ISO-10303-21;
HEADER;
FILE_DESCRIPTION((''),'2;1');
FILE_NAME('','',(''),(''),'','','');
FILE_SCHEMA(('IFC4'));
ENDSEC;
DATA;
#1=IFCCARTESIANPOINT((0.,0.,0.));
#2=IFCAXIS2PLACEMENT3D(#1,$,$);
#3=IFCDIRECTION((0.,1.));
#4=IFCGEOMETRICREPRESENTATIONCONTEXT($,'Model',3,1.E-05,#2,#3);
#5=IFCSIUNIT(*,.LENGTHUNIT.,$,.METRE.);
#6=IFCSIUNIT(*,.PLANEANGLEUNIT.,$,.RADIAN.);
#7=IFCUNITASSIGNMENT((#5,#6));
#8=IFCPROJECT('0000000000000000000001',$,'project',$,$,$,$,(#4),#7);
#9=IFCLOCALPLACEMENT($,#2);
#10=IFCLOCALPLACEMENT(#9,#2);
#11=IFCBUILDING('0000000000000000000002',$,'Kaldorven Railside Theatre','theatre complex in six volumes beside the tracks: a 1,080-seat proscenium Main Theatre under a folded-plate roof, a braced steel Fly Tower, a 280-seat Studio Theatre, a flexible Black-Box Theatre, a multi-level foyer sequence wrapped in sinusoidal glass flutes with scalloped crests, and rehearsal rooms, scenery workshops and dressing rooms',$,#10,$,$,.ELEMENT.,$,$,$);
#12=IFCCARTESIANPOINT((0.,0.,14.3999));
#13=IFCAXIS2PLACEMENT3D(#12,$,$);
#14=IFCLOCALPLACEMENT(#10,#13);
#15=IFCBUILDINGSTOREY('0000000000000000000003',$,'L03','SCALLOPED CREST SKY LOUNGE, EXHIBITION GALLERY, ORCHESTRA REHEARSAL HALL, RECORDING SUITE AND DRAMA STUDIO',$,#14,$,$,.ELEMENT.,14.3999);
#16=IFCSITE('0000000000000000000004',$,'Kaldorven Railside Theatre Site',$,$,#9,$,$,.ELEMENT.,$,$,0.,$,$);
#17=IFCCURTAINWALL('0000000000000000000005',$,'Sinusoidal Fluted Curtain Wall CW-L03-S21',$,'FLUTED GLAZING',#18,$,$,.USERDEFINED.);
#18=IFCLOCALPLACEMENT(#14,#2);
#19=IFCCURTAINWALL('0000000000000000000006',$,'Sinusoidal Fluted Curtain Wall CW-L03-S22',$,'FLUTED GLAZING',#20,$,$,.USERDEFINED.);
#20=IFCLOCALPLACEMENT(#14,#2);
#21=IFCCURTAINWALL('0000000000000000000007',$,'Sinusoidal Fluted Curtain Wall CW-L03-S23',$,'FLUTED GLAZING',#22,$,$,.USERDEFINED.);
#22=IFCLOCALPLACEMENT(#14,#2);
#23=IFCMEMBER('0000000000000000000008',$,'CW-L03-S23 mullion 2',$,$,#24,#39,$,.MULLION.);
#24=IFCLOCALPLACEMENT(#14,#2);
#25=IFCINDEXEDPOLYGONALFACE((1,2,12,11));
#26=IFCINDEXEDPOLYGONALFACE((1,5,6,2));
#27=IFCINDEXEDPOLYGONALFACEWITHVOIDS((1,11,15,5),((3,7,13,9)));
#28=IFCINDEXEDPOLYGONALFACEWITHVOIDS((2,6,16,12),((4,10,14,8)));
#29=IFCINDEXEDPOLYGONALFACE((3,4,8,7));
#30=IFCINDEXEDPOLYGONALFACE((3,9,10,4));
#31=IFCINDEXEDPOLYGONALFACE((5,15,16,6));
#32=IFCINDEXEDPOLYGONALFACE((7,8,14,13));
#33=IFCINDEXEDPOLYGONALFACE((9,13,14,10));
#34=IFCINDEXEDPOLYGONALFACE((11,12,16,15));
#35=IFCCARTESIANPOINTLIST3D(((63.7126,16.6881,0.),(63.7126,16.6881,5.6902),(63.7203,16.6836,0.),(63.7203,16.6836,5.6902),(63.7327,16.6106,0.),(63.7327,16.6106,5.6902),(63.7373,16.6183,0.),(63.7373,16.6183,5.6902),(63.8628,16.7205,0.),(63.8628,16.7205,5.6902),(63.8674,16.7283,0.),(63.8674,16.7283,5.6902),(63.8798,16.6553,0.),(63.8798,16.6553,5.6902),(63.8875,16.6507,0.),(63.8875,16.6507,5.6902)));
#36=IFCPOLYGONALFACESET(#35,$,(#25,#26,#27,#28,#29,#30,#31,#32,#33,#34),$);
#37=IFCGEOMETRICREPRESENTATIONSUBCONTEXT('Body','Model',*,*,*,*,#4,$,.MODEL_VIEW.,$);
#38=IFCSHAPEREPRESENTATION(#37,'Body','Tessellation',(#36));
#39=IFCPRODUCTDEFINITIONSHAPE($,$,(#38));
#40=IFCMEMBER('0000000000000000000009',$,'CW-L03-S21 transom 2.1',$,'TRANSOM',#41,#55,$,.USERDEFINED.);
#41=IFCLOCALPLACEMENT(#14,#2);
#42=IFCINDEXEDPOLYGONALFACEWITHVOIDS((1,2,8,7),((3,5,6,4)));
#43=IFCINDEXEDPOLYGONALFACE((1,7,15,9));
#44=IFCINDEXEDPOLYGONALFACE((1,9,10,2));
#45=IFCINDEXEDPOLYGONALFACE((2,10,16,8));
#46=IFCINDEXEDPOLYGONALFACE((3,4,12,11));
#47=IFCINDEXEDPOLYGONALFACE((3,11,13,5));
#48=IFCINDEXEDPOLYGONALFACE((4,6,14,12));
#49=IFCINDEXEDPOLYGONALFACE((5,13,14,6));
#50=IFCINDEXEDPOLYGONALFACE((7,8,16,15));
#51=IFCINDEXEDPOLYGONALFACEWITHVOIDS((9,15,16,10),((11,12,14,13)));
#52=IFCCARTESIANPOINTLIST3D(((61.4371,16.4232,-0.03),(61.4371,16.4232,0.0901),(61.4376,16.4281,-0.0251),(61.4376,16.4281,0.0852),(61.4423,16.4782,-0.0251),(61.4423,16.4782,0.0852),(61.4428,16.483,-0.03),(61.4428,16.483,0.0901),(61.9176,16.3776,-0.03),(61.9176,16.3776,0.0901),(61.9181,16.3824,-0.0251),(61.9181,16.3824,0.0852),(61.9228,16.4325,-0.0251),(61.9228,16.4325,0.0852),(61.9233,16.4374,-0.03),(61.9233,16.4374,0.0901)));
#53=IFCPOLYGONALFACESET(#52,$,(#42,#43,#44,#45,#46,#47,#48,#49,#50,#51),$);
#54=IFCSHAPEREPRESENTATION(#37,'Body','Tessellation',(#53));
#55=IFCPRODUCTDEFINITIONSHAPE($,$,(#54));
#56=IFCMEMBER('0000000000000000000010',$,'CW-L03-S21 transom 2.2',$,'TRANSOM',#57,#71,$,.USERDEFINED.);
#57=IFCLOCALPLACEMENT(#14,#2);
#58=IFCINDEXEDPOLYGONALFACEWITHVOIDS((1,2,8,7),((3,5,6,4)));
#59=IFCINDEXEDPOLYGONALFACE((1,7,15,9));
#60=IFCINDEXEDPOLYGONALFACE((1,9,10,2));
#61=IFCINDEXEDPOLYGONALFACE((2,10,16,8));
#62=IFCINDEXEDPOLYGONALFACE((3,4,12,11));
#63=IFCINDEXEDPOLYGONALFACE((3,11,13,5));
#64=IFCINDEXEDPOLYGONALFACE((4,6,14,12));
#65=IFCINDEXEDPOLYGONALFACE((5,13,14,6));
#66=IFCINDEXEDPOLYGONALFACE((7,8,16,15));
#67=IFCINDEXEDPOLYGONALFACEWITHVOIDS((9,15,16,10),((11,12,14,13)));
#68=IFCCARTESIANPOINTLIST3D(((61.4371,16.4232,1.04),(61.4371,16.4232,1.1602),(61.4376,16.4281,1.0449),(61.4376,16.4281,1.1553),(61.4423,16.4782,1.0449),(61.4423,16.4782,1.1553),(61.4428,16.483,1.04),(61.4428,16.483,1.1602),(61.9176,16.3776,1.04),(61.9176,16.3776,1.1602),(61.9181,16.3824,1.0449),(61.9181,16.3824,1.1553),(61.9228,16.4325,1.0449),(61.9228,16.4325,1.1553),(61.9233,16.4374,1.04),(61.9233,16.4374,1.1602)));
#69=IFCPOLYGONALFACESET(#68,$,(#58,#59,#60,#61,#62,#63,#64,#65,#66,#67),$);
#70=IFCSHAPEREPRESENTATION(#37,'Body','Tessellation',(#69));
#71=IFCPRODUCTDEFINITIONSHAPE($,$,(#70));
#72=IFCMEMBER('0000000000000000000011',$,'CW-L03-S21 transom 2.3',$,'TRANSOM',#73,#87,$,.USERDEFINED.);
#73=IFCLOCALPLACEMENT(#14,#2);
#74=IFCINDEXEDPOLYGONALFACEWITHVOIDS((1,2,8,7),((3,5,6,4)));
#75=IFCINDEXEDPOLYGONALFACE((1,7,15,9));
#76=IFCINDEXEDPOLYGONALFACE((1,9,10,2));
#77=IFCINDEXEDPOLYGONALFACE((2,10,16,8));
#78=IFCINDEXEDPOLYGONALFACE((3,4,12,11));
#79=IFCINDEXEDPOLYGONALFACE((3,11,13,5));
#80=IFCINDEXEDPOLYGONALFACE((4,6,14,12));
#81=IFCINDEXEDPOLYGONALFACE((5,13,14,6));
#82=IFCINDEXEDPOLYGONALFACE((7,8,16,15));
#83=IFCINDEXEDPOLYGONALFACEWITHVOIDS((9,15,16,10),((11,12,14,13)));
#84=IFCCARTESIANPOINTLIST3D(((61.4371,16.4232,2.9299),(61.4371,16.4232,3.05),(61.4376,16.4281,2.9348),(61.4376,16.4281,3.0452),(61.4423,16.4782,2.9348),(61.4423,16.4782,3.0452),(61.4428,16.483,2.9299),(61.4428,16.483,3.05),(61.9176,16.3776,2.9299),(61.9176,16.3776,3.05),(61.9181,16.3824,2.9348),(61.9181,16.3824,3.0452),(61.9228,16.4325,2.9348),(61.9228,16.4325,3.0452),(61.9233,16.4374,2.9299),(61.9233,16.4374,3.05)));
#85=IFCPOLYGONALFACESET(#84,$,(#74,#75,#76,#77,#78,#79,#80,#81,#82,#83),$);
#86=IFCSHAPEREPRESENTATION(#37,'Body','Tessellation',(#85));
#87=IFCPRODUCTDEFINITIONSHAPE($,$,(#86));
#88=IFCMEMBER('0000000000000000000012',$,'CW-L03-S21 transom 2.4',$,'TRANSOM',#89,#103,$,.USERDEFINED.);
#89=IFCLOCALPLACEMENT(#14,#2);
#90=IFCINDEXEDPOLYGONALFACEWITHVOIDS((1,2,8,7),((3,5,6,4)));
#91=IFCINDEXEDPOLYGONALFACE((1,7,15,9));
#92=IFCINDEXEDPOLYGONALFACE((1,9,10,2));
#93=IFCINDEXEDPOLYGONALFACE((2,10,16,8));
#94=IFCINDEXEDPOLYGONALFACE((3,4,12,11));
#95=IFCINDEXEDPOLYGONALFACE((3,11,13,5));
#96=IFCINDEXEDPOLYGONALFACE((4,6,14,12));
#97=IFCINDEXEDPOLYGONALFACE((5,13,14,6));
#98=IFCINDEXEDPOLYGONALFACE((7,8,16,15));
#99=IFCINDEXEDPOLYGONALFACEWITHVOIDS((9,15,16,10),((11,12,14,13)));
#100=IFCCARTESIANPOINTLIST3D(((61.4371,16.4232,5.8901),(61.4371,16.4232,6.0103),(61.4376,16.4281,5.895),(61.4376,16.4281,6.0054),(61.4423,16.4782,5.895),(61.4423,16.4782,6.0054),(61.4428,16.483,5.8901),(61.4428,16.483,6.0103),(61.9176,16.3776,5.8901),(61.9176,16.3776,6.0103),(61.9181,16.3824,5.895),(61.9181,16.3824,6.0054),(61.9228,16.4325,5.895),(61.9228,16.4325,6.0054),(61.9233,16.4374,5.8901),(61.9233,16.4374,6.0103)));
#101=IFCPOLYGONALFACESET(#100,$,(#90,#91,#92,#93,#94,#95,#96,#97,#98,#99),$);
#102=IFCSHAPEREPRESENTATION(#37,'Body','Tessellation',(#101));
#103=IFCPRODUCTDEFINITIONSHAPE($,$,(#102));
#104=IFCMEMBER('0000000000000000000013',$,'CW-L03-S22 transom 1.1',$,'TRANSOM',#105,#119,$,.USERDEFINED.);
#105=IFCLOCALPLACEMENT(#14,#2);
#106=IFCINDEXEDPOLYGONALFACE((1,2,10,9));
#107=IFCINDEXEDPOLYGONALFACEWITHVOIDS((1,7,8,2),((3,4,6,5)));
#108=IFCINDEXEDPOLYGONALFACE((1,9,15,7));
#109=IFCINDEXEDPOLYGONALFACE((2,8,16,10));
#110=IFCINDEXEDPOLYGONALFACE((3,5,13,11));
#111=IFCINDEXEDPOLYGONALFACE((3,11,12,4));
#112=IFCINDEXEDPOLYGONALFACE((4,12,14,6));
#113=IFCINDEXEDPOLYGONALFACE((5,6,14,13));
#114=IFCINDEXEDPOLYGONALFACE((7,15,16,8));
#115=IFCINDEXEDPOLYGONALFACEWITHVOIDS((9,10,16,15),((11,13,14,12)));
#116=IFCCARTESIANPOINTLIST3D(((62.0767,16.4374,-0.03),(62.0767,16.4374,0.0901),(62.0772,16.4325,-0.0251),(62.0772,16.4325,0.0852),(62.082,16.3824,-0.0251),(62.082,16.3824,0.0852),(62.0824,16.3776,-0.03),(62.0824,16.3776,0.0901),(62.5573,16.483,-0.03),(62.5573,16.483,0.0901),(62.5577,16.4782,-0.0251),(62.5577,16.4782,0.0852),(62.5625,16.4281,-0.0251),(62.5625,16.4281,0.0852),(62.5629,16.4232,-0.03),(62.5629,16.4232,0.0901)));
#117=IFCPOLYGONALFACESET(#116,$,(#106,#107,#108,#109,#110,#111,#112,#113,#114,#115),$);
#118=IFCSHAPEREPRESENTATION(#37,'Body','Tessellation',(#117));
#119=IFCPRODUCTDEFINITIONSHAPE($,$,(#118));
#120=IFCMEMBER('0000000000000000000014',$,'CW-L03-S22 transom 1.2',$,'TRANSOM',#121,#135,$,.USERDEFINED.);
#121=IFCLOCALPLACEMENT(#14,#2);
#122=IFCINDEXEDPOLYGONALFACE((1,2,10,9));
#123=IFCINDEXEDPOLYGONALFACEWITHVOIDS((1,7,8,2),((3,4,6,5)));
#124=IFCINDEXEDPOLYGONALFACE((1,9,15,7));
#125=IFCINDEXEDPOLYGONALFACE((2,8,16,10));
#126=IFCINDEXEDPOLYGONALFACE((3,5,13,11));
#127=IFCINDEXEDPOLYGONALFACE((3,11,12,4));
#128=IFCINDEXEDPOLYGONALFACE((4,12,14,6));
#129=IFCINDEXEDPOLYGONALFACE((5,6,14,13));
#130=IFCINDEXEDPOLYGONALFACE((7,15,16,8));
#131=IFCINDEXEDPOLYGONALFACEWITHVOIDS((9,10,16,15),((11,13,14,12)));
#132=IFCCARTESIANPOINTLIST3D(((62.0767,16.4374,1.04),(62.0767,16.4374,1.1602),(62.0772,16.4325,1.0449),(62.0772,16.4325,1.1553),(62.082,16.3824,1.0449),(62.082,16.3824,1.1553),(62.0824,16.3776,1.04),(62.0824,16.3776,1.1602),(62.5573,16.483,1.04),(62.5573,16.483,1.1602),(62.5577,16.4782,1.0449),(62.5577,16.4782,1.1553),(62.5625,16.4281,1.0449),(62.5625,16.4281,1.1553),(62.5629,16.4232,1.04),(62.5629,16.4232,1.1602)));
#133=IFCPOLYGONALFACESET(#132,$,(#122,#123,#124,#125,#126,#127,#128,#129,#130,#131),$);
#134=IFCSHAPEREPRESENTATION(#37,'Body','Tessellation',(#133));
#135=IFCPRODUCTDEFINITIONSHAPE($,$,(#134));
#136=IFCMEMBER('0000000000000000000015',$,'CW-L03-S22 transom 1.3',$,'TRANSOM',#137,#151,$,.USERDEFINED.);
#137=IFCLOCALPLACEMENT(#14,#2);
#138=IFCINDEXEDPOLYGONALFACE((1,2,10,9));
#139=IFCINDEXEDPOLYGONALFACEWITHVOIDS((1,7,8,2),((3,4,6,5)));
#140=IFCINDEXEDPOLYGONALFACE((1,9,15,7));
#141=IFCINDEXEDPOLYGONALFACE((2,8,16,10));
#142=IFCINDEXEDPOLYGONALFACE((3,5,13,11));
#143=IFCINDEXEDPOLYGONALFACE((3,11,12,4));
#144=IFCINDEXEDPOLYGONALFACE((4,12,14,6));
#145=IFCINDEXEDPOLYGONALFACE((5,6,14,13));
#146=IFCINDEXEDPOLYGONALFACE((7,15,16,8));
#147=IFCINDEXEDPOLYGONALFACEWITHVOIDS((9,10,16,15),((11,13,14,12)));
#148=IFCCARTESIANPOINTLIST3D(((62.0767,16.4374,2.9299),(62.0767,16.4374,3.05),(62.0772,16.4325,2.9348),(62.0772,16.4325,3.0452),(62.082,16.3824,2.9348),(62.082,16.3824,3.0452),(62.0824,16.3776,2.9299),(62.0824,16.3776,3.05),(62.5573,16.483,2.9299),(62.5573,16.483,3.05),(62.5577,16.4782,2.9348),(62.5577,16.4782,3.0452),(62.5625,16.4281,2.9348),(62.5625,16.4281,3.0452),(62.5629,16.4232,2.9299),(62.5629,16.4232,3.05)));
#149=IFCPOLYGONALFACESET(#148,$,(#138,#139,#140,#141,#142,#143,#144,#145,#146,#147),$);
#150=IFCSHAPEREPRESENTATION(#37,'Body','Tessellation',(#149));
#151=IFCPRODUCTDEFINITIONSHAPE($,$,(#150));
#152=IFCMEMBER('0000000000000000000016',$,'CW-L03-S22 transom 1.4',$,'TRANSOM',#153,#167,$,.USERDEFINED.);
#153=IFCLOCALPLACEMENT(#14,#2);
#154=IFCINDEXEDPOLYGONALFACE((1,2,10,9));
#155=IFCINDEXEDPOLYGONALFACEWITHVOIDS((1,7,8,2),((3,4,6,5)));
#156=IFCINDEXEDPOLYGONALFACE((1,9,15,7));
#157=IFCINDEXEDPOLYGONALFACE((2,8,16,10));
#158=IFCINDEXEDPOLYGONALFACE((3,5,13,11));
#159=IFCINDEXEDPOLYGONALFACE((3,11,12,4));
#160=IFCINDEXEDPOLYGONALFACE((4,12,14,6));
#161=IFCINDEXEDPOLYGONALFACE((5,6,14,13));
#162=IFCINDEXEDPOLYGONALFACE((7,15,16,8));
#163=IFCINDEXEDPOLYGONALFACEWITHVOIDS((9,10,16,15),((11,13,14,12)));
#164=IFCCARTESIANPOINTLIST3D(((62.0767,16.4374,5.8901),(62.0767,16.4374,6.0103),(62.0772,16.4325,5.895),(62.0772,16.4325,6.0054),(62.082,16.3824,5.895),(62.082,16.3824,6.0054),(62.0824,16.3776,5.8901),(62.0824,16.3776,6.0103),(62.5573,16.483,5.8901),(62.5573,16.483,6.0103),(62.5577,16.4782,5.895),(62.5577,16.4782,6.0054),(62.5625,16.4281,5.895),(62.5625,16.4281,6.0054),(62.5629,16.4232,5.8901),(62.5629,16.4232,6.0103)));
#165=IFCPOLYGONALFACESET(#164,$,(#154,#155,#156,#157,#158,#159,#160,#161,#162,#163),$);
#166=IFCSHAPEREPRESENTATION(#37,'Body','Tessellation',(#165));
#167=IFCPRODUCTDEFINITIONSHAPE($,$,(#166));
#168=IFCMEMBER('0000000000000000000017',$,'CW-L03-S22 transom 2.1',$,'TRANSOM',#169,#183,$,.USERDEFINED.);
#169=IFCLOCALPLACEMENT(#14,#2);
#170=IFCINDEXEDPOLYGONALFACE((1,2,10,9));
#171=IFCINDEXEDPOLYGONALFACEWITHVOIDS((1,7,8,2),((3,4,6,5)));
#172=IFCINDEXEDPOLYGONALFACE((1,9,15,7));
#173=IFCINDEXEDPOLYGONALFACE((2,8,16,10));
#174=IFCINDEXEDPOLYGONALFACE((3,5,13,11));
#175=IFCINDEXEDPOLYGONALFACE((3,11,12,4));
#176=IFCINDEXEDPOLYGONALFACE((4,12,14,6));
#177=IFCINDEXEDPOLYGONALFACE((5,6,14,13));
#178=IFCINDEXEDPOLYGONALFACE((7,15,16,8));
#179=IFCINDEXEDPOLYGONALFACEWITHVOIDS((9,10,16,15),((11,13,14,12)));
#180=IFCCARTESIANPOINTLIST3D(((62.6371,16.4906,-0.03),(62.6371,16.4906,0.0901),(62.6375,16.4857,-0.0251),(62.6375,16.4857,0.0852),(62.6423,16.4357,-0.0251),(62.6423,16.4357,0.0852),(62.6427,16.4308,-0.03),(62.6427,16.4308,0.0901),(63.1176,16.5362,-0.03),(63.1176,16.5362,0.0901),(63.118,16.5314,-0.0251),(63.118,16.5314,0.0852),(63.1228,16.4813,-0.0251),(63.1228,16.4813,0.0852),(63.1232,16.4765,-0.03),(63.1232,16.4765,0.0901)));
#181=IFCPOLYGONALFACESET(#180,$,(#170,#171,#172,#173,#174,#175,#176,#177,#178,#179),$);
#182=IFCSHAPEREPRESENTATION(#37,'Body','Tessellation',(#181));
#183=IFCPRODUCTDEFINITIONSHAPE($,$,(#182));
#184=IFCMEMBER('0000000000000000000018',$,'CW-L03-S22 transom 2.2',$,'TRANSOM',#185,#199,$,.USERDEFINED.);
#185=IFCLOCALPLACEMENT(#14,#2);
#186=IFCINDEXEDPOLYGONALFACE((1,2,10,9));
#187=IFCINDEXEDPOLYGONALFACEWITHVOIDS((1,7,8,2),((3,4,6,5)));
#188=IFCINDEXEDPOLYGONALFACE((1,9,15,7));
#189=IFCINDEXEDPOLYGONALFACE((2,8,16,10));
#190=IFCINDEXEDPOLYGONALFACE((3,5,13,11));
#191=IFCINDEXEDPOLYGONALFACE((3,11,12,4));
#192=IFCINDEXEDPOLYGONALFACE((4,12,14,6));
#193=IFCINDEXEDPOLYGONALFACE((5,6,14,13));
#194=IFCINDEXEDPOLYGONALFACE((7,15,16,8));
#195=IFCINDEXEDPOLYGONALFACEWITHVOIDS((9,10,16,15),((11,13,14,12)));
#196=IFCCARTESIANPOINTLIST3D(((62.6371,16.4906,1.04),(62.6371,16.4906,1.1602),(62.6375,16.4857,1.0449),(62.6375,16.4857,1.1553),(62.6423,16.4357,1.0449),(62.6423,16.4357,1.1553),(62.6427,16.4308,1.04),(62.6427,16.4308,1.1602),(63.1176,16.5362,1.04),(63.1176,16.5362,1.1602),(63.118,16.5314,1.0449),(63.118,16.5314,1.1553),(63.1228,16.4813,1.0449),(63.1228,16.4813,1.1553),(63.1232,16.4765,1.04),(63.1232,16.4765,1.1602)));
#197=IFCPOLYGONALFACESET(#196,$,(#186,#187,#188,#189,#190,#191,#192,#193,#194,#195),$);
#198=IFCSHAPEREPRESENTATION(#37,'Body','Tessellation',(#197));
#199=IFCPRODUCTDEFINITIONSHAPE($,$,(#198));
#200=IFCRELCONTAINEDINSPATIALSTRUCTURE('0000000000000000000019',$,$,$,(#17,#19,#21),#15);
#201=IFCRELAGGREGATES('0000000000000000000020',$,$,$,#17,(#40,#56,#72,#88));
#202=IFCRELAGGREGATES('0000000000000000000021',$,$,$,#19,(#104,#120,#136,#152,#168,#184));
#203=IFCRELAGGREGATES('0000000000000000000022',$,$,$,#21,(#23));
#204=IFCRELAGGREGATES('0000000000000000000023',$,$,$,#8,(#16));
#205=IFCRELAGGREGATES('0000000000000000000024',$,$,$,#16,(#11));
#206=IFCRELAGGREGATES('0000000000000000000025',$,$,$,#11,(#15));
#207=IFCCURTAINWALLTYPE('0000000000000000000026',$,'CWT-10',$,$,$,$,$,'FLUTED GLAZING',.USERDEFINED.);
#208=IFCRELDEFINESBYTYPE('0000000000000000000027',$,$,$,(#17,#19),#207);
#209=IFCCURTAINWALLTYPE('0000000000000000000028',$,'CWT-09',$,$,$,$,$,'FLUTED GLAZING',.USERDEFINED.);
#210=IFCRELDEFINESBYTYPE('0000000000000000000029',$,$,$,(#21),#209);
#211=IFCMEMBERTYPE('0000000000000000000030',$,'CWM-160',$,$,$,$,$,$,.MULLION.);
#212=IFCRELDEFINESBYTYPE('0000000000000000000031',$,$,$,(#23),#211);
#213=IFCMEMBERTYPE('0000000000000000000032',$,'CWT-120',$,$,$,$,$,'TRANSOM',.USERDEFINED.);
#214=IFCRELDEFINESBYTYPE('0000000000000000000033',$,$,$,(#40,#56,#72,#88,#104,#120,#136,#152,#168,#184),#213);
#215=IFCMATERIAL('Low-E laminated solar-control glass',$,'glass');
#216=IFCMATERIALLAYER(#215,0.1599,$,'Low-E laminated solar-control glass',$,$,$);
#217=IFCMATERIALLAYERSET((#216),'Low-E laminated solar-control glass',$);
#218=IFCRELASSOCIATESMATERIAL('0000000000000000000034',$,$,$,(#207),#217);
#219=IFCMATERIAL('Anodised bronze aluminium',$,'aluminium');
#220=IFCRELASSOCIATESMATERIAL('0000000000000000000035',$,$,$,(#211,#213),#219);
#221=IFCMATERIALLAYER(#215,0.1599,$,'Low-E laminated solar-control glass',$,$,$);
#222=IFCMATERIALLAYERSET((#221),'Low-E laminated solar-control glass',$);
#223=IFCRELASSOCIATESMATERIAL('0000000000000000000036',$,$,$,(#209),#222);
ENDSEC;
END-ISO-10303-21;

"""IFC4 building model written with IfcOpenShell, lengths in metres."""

from ifc_helpers import new_model, si_unit, direction, frame, origin, origin_2d, place, context, subcontext, project, spatial, hollow_rectangle, extrude, material, layer, layer_set, material_profile, profile_set, type_object, element, aggregate, save


model = new_model("IFC4")

# Units and contexts
model_context = context("Model", 3, precision=1e-05, world=origin(), true_north=direction((0.0, 1.0)))
body_context = subcontext(model_context, "Body", "Model", "MODEL_VIEW")
ifc_project = project(units=[si_unit("LENGTHUNIT", "METRE"), si_unit("PLANEANGLEUNIT", "RADIAN")], contexts=[model_context])

# Site, building, storey
site_placement = place(None, origin())
site = spatial("IfcSite", under=ifc_project, at=site_placement, Name="Kaldorven Railside Theatre Site", CompositionType="ELEMENT", RefElevation=0.0)
building_placement = place(site_placement, origin())
building = spatial("IfcBuilding", under=site, at=building_placement, Name="Kaldorven Railside Theatre", Description="theatre complex in six volumes beside the tracks: a 1,080-seat proscenium Main Theatre under a folded-plate roof, a braced steel Fly Tower, a 280-seat Studio Theatre, a flexible Black-Box Theatre, a multi-level foyer sequence wrapped in sinusoidal glass flutes with scalloped crests, and rehearsal rooms, scenery workshops and dressing rooms", CompositionType="ELEMENT")
storey_placement = place(building_placement, frame((0.0, 0.0, 14.3999)))
storey = spatial("IfcBuildingStorey", under=building, at=storey_placement, Name="L03", Description="SCALLOPED CREST SKY LOUNGE, EXHIBITION GALLERY, ORCHESTRA REHEARSAL HALL, RECORDING SUITE AND DRAMA STUDIO", CompositionType="ELEMENT", Elevation=14.3999)

# Curtain walls, member
ifc_material_1 = material(Name="Low-E laminated solar-control glass", Category="glass")
ifc_layer_1 = layer(ifc_material_1, 0.1599, Name="Low-E laminated solar-control glass")
ifc_layer_set_1 = layer_set([ifc_layer_1], Name="Low-E laminated solar-control glass")
curtain_wall_type_1 = type_object("IfcCurtainWallType", Name="CWT-10", ElementType="FLUTED GLAZING", PredefinedType="USERDEFINED", material=ifc_layer_set_1)
curtain_wall_1_placement = place(storey_placement, origin())
curtain_wall_1 = element("IfcCurtainWall", 1, at=curtain_wall_1_placement, inside=storey, type_object=curtain_wall_type_1, Name="Sinusoidal Fluted Curtain Wall CW-L03-S21", ObjectType="FLUTED GLAZING", PredefinedType="USERDEFINED")
ifc_material_2 = material(Name="Anodised bronze aluminium", Category="aluminium")
ifc_material_profile_1 = material_profile(ifc_material_2, hollow_rectangle(XDim=0.0801, YDim=0.1599, WallThickness=0.0063, at=origin_2d()), Name="RHS 160x80x6.3")
ifc_profile_set_1 = profile_set([ifc_material_profile_1], Name="Anodised bronze aluminium")
member_type_1 = type_object("IfcMemberType", Name="CWM-160", PredefinedType="MULLION", material=ifc_profile_set_1)
curtain_wall_2_placement = place(storey_placement, origin())
curtain_wall_2 = element("IfcCurtainWall", 2, at=curtain_wall_2_placement, inside=storey, type_object=curtain_wall_type_1, Name="Sinusoidal Fluted Curtain Wall CW-L03-S22", ObjectType="FLUTED GLAZING", PredefinedType="USERDEFINED")
ifc_layer_2 = layer(ifc_material_1, 0.1599, Name="Low-E laminated solar-control glass")
ifc_layer_set_2 = layer_set([ifc_layer_2], Name="Low-E laminated solar-control glass")
curtain_wall_type_2 = type_object("IfcCurtainWallType", Name="CWT-09", ElementType="FLUTED GLAZING", PredefinedType="USERDEFINED", material=ifc_layer_set_2)
curtain_wall_3_placement = place(storey_placement, origin())
curtain_wall_3 = element("IfcCurtainWall", 3, at=curtain_wall_3_placement, inside=storey, type_object=curtain_wall_type_2, Name="Sinusoidal Fluted Curtain Wall CW-L03-S23", ObjectType="FLUTED GLAZING", PredefinedType="USERDEFINED")
member_1_placement = place(storey_placement, frame((63.8, 16.6694, 0.0), z_axis=(0.0, 0.0, 1.0), x_axis=(-0.250954, 0.967999, 0.0)))
member_1 = element("IfcMember", 4, at=member_1_placement, type_object=member_type_1, Name="CW-L03-S23 mullion 2", PredefinedType="MULLION", context=body_context, shape_type="SweptSolid", body=[
    extrude(hollow_rectangle(XDim=0.0801, YDim=0.1599, WallThickness=0.0063, at=origin_2d()), origin(), (0.0, 0.0, 1.0), 5.6902),
])

# Members
ifc_material_profile_2 = material_profile(ifc_material_2, hollow_rectangle(XDim=0.0601, YDim=0.1201, WallThickness=0.0049, at=origin_2d()), Name="RHS 120x60x5")
ifc_profile_set_2 = profile_set([ifc_material_profile_2], Name="Anodised bronze aluminium")
member_type_2 = type_object("IfcMemberType", Name="CWT-120", ElementType="TRANSOM", PredefinedType="USERDEFINED", material=ifc_profile_set_2)
member_2_placement = place(storey_placement, frame((61.4399, 16.4531, 0.03), z_axis=(0.995516, -0.094594, 0.0), x_axis=(0.094594, 0.995516, 0.0)))
member_2 = element("IfcMember", 5, at=member_2_placement, type_object=member_type_2, Name="CW-L03-S21 transom 2.1", ObjectType="TRANSOM", PredefinedType="USERDEFINED", context=body_context, shape_type="SweptSolid", body=[
    extrude(hollow_rectangle(XDim=0.0601, YDim=0.1201, WallThickness=0.0049, at=origin_2d()), origin(), (0.0, 0.0, 1.0), 0.4827),
])
member_3_placement = place(storey_placement, frame((61.4399, 16.4531, 1.1001), z_axis=(0.995516, -0.094594, 0.0), x_axis=(0.094594, 0.995516, 0.0)))
member_3 = element("IfcMember", 6, at=member_3_placement, type_object=member_type_2, Name="CW-L03-S21 transom 2.2", ObjectType="TRANSOM", PredefinedType="USERDEFINED", context=body_context, shape_type="SweptSolid", body=[
    extrude(hollow_rectangle(XDim=0.0601, YDim=0.1201, WallThickness=0.0049, at=origin_2d()), origin(), (0.0, 0.0, 1.0), 0.4827),
])
member_4_placement = place(storey_placement, frame((61.4399, 16.4531, 2.99), z_axis=(0.995516, -0.094594, 0.0), x_axis=(0.094594, 0.995516, 0.0)))
member_4 = element("IfcMember", 7, at=member_4_placement, type_object=member_type_2, Name="CW-L03-S21 transom 2.3", ObjectType="TRANSOM", PredefinedType="USERDEFINED", context=body_context, shape_type="SweptSolid", body=[
    extrude(hollow_rectangle(XDim=0.0601, YDim=0.1201, WallThickness=0.0049, at=origin_2d()), origin(), (0.0, 0.0, 1.0), 0.4827),
])
member_5_placement = place(storey_placement, frame((61.4399, 16.4531, 5.9502), z_axis=(0.995516, -0.094594, 0.0), x_axis=(0.094594, 0.995516, 0.0)))
member_5 = element("IfcMember", 8, at=member_5_placement, type_object=member_type_2, Name="CW-L03-S21 transom 2.4", ObjectType="TRANSOM", PredefinedType="USERDEFINED", context=body_context, shape_type="SweptSolid", body=[
    extrude(hollow_rectangle(XDim=0.0601, YDim=0.1201, WallThickness=0.0049, at=origin_2d()), origin(), (0.0, 0.0, 1.0), 0.4827),
])
member_6_placement = place(storey_placement, frame((62.0796, 16.4075, 0.03), z_axis=(0.995516, 0.094594, 0.0), x_axis=(-0.094594, 0.995516, 0.0)))
member_6 = element("IfcMember", 9, at=member_6_placement, type_object=member_type_2, Name="CW-L03-S22 transom 1.1", ObjectType="TRANSOM", PredefinedType="USERDEFINED", context=body_context, shape_type="SweptSolid", body=[
    extrude(hollow_rectangle(XDim=0.0601, YDim=0.1201, WallThickness=0.0049, at=origin_2d()), origin(), (0.0, 0.0, 1.0), 0.4827),
])
member_7_placement = place(storey_placement, frame((62.0796, 16.4075, 1.1001), z_axis=(0.995516, 0.094594, 0.0), x_axis=(-0.094594, 0.995516, 0.0)))
member_7 = element("IfcMember", 10, at=member_7_placement, type_object=member_type_2, Name="CW-L03-S22 transom 1.2", ObjectType="TRANSOM", PredefinedType="USERDEFINED", context=body_context, shape_type="SweptSolid", body=[
    extrude(hollow_rectangle(XDim=0.0601, YDim=0.1201, WallThickness=0.0049, at=origin_2d()), origin(), (0.0, 0.0, 1.0), 0.4827),
])
member_8_placement = place(storey_placement, frame((62.0796, 16.4075, 2.99), z_axis=(0.995516, 0.094594, 0.0), x_axis=(-0.094594, 0.995516, 0.0)))
member_8 = element("IfcMember", 11, at=member_8_placement, type_object=member_type_2, Name="CW-L03-S22 transom 1.3", ObjectType="TRANSOM", PredefinedType="USERDEFINED", context=body_context, shape_type="SweptSolid", body=[
    extrude(hollow_rectangle(XDim=0.0601, YDim=0.1201, WallThickness=0.0049, at=origin_2d()), origin(), (0.0, 0.0, 1.0), 0.4827),
])
member_9_placement = place(storey_placement, frame((62.0796, 16.4075, 5.9502), z_axis=(0.995516, 0.094594, 0.0), x_axis=(-0.094594, 0.995516, 0.0)))
member_9 = element("IfcMember", 12, at=member_9_placement, type_object=member_type_2, Name="CW-L03-S22 transom 1.4", ObjectType="TRANSOM", PredefinedType="USERDEFINED", context=body_context, shape_type="SweptSolid", body=[
    extrude(hollow_rectangle(XDim=0.0601, YDim=0.1201, WallThickness=0.0049, at=origin_2d()), origin(), (0.0, 0.0, 1.0), 0.4827),
])
member_10_placement = place(storey_placement, frame((62.6399, 16.4607, 0.03), z_axis=(0.995516, 0.094594, 0.0), x_axis=(-0.094594, 0.995516, 0.0)))
member_10 = element("IfcMember", 13, at=member_10_placement, type_object=member_type_2, Name="CW-L03-S22 transom 2.1", ObjectType="TRANSOM", PredefinedType="USERDEFINED", context=body_context, shape_type="SweptSolid", body=[
    extrude(hollow_rectangle(XDim=0.0601, YDim=0.1201, WallThickness=0.0049, at=origin_2d()), origin(), (0.0, 0.0, 1.0), 0.4827),
])
member_11_placement = place(storey_placement, frame((62.6399, 16.4607, 1.1001), z_axis=(0.995516, 0.094594, 0.0), x_axis=(-0.094594, 0.995516, 0.0)))
member_11 = element("IfcMember", 14, at=member_11_placement, type_object=member_type_2, Name="CW-L03-S22 transom 2.2", ObjectType="TRANSOM", PredefinedType="USERDEFINED", context=body_context, shape_type="SweptSolid", body=[
    extrude(hollow_rectangle(XDim=0.0601, YDim=0.1201, WallThickness=0.0049, at=origin_2d()), origin(), (0.0, 0.0, 1.0), 0.4827),
])

aggregate(curtain_wall_1, [member_2, member_3, member_4, member_5])
aggregate(curtain_wall_2, [member_6, member_7, member_8, member_9, member_10, member_11])
aggregate(curtain_wall_3, [member_1])

save(model, "model.ifc")
